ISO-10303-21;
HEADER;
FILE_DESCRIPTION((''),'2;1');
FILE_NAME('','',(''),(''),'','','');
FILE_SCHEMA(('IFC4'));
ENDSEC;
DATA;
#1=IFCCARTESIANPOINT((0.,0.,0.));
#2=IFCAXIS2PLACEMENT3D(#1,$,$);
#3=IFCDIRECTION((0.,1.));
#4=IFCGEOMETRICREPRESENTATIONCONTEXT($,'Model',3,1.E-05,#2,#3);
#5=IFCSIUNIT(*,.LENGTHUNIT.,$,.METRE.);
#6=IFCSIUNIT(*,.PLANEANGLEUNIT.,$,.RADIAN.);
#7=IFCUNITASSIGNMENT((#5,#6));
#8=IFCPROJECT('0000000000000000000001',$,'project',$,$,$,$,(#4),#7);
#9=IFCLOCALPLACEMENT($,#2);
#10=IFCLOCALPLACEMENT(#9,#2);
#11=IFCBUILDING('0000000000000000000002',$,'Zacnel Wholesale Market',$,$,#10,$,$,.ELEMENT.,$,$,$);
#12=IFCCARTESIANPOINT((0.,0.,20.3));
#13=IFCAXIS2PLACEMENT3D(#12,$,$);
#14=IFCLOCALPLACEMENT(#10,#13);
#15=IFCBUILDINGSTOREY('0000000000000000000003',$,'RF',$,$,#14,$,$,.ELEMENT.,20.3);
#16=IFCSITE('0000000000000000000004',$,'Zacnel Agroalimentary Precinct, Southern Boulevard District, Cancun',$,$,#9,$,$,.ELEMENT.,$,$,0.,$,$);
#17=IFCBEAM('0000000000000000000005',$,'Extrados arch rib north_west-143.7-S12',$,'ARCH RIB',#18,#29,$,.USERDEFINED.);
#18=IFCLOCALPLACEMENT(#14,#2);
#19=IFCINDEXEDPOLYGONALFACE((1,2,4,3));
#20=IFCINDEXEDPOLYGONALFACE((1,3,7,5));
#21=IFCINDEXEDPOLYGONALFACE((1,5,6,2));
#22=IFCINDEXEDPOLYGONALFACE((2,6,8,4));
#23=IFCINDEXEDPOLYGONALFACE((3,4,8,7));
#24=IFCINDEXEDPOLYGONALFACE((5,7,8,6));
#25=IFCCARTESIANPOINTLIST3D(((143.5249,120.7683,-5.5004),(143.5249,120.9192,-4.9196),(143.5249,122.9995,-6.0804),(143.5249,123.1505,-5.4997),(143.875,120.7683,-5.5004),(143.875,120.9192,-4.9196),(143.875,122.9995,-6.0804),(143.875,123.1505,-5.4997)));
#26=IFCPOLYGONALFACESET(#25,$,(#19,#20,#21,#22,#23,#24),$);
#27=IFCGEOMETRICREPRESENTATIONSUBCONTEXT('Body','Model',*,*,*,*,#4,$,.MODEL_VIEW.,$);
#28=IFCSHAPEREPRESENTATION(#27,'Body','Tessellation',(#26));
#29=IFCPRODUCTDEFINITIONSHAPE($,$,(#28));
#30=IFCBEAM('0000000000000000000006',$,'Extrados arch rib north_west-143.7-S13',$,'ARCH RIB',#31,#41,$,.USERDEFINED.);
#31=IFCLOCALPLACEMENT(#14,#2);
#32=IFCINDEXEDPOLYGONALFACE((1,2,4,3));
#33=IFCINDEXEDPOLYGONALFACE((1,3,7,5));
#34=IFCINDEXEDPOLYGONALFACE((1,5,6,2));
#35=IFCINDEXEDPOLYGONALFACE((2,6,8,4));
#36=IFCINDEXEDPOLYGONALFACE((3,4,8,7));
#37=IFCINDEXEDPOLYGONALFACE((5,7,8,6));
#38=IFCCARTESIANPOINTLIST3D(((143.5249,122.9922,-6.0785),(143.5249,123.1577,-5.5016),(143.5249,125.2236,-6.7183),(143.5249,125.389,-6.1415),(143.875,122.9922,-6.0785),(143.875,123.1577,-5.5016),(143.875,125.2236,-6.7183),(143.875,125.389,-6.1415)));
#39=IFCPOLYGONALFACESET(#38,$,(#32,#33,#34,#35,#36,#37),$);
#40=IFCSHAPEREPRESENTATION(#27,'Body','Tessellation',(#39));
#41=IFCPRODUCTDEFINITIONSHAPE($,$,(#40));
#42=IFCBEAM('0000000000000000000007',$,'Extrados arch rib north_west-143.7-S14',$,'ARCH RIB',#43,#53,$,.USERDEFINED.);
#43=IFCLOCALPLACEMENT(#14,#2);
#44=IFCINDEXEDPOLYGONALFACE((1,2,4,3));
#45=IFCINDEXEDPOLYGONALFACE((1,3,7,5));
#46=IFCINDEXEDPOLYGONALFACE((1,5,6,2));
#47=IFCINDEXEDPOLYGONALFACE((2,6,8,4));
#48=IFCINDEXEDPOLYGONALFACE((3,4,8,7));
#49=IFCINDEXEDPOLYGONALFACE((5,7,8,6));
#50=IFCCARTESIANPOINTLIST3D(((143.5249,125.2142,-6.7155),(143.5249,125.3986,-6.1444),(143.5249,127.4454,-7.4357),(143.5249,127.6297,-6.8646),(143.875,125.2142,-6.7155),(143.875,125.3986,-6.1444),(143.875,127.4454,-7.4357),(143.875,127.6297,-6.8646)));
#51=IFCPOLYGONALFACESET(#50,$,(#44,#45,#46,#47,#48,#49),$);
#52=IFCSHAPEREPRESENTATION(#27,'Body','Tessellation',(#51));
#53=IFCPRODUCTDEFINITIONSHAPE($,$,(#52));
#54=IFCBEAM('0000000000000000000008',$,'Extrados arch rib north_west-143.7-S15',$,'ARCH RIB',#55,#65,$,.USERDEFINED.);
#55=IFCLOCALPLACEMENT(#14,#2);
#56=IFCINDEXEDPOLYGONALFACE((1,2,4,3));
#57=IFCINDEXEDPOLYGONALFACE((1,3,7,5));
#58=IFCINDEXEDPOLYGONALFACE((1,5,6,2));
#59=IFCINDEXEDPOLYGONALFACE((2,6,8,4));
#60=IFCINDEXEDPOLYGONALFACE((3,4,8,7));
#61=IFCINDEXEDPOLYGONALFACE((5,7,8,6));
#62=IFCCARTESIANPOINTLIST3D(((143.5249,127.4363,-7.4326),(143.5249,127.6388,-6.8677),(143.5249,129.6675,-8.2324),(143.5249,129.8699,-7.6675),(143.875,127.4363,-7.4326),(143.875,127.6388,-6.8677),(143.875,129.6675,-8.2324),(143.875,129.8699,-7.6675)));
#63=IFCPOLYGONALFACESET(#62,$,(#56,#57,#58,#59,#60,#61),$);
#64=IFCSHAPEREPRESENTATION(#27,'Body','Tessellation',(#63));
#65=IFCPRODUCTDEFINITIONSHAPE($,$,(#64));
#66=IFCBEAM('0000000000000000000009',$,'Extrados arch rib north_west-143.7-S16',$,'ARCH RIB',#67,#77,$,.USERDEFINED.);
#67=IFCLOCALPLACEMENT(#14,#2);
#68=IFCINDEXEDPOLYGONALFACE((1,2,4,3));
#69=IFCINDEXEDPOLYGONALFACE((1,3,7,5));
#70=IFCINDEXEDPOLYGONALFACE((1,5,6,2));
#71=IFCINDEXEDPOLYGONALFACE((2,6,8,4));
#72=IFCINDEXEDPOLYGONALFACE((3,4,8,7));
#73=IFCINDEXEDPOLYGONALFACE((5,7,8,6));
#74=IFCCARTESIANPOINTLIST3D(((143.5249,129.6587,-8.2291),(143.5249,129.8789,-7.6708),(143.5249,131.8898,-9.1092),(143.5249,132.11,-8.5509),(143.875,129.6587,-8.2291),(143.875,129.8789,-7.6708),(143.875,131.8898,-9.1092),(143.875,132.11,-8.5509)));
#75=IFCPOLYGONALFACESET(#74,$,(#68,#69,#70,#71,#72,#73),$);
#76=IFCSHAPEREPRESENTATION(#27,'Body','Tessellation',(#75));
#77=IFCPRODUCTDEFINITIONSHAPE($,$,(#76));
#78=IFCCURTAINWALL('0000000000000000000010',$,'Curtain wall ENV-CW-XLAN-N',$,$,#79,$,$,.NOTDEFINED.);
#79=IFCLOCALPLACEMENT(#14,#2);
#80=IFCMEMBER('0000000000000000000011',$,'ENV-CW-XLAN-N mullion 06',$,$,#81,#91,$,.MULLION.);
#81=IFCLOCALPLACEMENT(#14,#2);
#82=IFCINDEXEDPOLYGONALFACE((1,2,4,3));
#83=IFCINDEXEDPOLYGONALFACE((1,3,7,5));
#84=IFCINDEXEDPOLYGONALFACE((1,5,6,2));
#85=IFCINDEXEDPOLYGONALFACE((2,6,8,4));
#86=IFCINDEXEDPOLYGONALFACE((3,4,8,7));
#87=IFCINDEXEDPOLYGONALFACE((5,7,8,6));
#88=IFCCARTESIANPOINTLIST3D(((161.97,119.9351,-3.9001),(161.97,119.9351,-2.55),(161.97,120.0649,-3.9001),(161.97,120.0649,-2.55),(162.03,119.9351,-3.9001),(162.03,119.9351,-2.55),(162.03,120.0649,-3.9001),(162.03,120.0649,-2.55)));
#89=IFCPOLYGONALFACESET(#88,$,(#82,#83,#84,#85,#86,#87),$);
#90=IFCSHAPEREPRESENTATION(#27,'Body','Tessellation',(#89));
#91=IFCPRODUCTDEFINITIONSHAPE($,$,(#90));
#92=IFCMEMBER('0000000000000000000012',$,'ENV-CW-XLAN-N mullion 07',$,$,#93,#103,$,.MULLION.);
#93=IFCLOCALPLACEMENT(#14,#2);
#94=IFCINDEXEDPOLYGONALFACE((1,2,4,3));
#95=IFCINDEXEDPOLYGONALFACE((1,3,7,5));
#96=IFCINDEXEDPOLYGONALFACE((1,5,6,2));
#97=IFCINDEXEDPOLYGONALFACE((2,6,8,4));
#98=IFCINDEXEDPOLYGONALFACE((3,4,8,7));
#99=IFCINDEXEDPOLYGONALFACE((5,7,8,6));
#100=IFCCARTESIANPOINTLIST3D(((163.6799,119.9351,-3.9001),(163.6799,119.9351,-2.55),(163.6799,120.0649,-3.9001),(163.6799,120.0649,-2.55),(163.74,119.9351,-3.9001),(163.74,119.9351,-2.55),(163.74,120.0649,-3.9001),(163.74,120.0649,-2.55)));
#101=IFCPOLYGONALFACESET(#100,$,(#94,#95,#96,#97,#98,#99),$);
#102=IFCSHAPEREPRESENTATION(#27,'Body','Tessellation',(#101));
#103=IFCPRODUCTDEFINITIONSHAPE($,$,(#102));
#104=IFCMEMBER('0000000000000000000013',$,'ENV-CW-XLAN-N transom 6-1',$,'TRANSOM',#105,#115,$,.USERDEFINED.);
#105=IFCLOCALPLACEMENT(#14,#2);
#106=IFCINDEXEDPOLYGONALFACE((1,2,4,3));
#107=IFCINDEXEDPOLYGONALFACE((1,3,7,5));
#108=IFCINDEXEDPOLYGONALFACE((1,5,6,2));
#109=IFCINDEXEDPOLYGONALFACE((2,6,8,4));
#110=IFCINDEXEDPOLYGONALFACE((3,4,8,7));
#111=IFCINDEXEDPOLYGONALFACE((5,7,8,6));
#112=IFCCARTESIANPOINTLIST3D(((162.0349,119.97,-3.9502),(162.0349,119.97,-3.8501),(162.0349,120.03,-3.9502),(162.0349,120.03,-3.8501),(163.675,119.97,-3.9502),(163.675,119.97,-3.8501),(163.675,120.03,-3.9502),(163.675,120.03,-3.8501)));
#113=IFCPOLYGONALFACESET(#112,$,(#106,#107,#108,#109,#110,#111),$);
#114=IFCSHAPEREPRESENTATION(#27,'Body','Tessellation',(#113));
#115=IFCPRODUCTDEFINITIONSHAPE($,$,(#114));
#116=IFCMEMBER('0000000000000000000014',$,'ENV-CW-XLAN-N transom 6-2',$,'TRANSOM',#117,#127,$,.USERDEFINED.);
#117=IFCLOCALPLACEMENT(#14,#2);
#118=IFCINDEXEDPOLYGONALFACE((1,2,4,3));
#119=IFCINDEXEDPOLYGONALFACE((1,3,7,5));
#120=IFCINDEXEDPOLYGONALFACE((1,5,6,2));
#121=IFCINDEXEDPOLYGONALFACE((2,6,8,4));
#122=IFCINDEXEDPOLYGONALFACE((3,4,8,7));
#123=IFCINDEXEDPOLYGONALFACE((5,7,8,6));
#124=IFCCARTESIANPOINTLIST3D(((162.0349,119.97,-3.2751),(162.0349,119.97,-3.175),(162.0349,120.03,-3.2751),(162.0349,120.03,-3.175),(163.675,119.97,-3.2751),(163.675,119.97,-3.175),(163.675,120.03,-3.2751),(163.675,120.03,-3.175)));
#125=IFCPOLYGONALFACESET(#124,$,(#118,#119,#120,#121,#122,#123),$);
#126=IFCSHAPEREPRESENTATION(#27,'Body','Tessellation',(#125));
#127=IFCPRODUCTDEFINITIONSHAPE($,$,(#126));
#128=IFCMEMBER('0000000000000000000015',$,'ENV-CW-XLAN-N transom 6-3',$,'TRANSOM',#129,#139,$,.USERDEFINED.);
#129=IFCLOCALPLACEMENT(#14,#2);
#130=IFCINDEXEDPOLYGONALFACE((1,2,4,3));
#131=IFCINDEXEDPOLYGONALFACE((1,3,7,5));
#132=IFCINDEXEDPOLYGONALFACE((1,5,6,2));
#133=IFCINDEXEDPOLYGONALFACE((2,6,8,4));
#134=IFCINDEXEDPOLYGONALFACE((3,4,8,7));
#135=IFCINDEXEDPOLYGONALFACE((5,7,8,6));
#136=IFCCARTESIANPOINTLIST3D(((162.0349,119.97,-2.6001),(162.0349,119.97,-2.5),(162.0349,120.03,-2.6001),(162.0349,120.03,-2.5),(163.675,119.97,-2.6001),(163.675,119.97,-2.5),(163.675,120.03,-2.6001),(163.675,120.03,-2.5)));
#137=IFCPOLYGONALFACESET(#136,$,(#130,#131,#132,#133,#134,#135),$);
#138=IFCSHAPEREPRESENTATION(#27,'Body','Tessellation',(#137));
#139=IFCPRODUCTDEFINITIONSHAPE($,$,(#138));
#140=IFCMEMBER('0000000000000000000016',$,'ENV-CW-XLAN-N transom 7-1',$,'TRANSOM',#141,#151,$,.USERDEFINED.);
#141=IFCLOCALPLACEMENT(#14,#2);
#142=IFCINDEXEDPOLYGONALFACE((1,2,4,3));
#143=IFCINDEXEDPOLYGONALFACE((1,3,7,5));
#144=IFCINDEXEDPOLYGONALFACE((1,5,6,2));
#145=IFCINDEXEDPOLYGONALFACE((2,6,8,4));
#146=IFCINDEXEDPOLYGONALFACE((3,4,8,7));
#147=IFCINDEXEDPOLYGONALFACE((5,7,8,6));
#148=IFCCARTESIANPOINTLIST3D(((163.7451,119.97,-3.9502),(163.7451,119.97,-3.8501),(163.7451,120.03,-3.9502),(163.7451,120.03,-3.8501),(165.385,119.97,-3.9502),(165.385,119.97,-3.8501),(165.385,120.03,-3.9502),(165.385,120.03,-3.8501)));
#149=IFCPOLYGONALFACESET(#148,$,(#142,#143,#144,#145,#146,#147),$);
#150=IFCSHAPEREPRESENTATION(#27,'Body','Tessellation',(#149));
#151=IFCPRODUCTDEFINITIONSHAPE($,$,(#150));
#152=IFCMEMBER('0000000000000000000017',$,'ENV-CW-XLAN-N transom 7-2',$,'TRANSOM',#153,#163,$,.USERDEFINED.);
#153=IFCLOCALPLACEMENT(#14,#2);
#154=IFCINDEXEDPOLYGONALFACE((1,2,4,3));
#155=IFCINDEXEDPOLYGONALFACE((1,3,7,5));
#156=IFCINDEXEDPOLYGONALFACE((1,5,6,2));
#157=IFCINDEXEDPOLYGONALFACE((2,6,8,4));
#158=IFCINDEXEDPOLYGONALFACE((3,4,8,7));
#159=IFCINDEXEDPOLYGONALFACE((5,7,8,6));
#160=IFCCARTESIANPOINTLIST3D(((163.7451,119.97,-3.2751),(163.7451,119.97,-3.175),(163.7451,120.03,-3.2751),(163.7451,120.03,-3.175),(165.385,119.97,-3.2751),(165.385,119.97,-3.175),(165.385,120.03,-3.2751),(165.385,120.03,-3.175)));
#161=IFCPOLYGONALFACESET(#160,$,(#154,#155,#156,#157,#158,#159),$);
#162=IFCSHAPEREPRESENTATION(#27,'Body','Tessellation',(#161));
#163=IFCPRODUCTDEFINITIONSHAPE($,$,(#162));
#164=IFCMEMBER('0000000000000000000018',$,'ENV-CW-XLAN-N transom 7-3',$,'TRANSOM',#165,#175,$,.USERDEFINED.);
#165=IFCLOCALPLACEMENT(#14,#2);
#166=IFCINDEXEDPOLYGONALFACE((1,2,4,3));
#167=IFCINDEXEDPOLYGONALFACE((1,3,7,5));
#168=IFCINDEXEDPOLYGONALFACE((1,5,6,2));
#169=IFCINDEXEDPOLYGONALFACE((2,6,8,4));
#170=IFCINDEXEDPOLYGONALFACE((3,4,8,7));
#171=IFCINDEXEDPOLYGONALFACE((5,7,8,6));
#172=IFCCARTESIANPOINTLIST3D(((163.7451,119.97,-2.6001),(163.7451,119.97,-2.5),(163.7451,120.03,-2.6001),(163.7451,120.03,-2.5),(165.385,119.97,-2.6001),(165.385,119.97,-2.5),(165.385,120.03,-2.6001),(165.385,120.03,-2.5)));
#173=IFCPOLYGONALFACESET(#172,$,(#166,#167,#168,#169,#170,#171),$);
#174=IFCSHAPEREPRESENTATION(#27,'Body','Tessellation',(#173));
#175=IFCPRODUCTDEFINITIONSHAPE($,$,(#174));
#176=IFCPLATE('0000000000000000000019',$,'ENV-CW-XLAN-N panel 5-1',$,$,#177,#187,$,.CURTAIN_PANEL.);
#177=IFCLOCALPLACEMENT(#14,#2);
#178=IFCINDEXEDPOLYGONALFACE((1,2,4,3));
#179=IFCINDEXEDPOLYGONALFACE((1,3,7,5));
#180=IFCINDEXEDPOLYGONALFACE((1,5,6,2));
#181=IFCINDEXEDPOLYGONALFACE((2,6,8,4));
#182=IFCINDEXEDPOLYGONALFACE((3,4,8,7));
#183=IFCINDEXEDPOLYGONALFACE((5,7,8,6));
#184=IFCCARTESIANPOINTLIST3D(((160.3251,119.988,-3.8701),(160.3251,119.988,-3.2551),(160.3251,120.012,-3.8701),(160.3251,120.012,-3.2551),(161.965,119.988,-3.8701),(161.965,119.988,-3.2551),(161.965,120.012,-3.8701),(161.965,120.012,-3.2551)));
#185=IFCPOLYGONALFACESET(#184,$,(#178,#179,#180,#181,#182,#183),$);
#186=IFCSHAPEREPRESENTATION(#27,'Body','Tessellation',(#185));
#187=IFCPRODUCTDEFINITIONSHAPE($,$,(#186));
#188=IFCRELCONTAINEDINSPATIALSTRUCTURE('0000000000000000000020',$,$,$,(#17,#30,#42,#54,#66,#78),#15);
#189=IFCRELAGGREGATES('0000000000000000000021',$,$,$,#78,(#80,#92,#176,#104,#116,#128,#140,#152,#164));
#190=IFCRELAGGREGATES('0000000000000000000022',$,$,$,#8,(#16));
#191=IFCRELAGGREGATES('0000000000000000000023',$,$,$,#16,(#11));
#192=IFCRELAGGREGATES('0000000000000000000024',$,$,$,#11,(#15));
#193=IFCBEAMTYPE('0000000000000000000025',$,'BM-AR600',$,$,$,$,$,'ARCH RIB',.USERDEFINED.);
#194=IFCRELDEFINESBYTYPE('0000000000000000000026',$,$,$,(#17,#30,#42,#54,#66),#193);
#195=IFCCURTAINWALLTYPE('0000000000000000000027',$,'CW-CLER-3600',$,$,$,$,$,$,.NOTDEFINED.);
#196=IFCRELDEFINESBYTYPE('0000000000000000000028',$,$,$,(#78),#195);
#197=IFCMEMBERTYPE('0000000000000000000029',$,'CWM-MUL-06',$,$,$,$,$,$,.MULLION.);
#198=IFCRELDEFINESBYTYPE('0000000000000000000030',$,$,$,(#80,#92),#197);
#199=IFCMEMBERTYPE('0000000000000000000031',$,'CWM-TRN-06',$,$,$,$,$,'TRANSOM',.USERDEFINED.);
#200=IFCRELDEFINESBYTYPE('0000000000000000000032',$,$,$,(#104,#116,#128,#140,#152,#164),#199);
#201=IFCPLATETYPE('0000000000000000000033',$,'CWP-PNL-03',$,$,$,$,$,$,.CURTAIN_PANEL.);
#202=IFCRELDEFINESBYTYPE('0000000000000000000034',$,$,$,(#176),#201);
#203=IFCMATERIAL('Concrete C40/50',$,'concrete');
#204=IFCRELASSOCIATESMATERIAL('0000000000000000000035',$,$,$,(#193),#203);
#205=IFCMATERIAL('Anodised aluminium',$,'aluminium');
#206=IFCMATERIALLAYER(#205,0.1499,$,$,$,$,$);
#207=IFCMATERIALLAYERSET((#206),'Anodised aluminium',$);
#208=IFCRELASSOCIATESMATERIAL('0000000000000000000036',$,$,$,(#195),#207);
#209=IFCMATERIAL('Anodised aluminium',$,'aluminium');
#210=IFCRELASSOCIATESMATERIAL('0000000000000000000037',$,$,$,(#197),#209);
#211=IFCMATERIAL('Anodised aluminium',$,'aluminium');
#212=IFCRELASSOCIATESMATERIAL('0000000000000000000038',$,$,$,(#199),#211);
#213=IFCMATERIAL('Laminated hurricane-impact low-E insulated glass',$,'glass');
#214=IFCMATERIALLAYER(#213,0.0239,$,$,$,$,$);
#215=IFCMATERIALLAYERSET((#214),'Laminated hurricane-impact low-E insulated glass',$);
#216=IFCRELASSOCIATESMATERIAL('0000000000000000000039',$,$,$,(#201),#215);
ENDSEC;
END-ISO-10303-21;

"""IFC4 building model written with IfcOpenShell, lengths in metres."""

from ifc_helpers import new_model, si_unit, direction, frame, origin, origin_2d, place, context, subcontext, project, spatial, rectangle, extrude, material, layer, layer_set, material_profile, profile_set, type_object, element, aggregate, save


model = new_model("IFC4")

# Units and contexts
model_context = context("Model", 3, precision=1e-05, world=origin(), true_north=direction((0.0, 1.0)))
body_context = subcontext(model_context, "Body", "Model", "MODEL_VIEW")
ifc_project = project(units=[si_unit("LENGTHUNIT", "METRE"), si_unit("PLANEANGLEUNIT", "RADIAN")], contexts=[model_context])

# Site, building, storey
site_placement = place(None, origin())
site = spatial("IfcSite", under=ifc_project, at=site_placement, Name="Zacnel Agroalimentary Precinct, Southern Boulevard District, Cancun", CompositionType="ELEMENT", RefElevation=0.0)
building_placement = place(site_placement, origin())
building = spatial("IfcBuilding", under=site, at=building_placement, Name="Zacnel Wholesale Market", CompositionType="ELEMENT")
storey_placement = place(building_placement, frame((0.0, 0.0, 20.3)))
storey = spatial("IfcBuildingStorey", under=building, at=storey_placement, Name="RF", CompositionType="ELEMENT", Elevation=20.3)

# Beams
ifc_material_1 = material(Name="Concrete C40/50", Category="concrete")
ifc_material_profile_1 = material_profile(ifc_material_1, rectangle(XDim=0.3501, YDim=0.6001, at=origin_2d()), Name="ARCH RIB 350x600")
ifc_profile_set_1 = profile_set([ifc_material_profile_1], Name="Concrete C40/50")
beam_type = type_object("IfcBeamType", Name="BM-AR600", ElementType="ARCH RIB", PredefinedType="USERDEFINED", material=ifc_profile_set_1)
beam_1_placement = place(storey_placement, frame((143.7, 120.8438, -5.21), z_axis=(0.0, 0.967826, -0.25162), x_axis=(-1.0, 0.0, 0.0)))
element("IfcBeam", 1, at=beam_1_placement, inside=storey, type_object=beam_type, Name="Extrados arch rib north_west-143.7-S12", ObjectType="ARCH RIB", PredefinedType="USERDEFINED", context=body_context, shape_type="SweptSolid", body=[
    extrude(rectangle(XDim=0.3501, YDim=0.6001, at=origin_2d()), origin(), (0.0, 0.0, 1.0), 2.3054),
])
beam_2_placement = place(storey_placement, frame((143.7, 123.075, -5.79), z_axis=(0.0, 0.961258, -0.275652), x_axis=(-1.0, 0.0, 0.0)))
element("IfcBeam", 2, at=beam_2_placement, inside=storey, type_object=beam_type, Name="Extrados arch rib north_west-143.7-S13", ObjectType="ARCH RIB", PredefinedType="USERDEFINED", context=body_context, shape_type="SweptSolid", body=[
    extrude(rectangle(XDim=0.3501, YDim=0.6001, at=origin_2d()), origin(), (0.0, 0.0, 1.0), 2.3213),
])
beam_3_placement = place(storey_placement, frame((143.7, 125.3064, -6.4299), z_axis=(0.0, 0.95165, -0.307185), x_axis=(-1.0, 0.0, 0.0)))
element("IfcBeam", 3, at=beam_3_placement, inside=storey, type_object=beam_type, Name="Extrados arch rib north_west-143.7-S14", ObjectType="ARCH RIB", PredefinedType="USERDEFINED", context=body_context, shape_type="SweptSolid", body=[
    extrude(rectangle(XDim=0.3501, YDim=0.6001, at=origin_2d()), origin(), (0.0, 0.0, 1.0), 2.3445),
])
beam_4_placement = place(storey_placement, frame((143.7, 127.5376, -7.1501), z_axis=(0.0, 0.941347, -0.337439), x_axis=(-1.0, 0.0, 0.0)))
element("IfcBeam", 4, at=beam_4_placement, inside=storey, type_object=beam_type, Name="Extrados arch rib north_west-143.7-S15", ObjectType="ARCH RIB", PredefinedType="USERDEFINED", context=body_context, shape_type="SweptSolid", body=[
    extrude(rectangle(XDim=0.3501, YDim=0.6001, at=origin_2d()), origin(), (0.0, 0.0, 1.0), 2.3701),
])
beam_5_placement = place(storey_placement, frame((143.7, 129.7688, -7.95), z_axis=(0.0, 0.930242, -0.366946), x_axis=(-1.0, 0.0, 0.0)))
element("IfcBeam", 5, at=beam_5_placement, inside=storey, type_object=beam_type, Name="Extrados arch rib north_west-143.7-S16", ObjectType="ARCH RIB", PredefinedType="USERDEFINED", context=body_context, shape_type="SweptSolid", body=[
    extrude(rectangle(XDim=0.3501, YDim=0.6001, at=origin_2d()), origin(), (0.0, 0.0, 1.0), 2.3984),
])

# Curtain wall, members, plate
ifc_material_2 = material(Name="Anodised aluminium", Category="aluminium")
ifc_layer_1 = layer(ifc_material_2, 0.1499)
ifc_layer_set_1 = layer_set([ifc_layer_1], Name="Anodised aluminium")
curtain_wall_type = type_object("IfcCurtainWallType", Name="CW-CLER-3600", PredefinedType="NOTDEFINED", material=ifc_layer_set_1)
curtain_wall_placement = place(storey_placement, origin())
curtain_wall = element("IfcCurtainWall", 6, at=curtain_wall_placement, inside=storey, type_object=curtain_wall_type, Name="Curtain wall ENV-CW-XLAN-N", PredefinedType="NOTDEFINED")
ifc_material_3 = material(Name="Anodised aluminium", Category="aluminium")
ifc_material_profile_2 = material_profile(ifc_material_3, rectangle(XDim=0.0601, YDim=0.1299, at=origin_2d()), Name="AW-MULLION 60x130")
ifc_profile_set_2 = profile_set([ifc_material_profile_2], Name="Anodised aluminium")
member_type_1 = type_object("IfcMemberType", Name="CWM-MUL-06", PredefinedType="MULLION", material=ifc_profile_set_2)
member_1_placement = place(storey_placement, frame((162.0, 120.0, -3.9001), z_axis=(0.0, 0.0, 1.0), x_axis=(1.0, 0.0, 0.0)))
member_1 = element("IfcMember", 7, at=member_1_placement, type_object=member_type_1, Name="ENV-CW-XLAN-N mullion 06", PredefinedType="MULLION", context=body_context, shape_type="SweptSolid", body=[
    extrude(rectangle(XDim=0.0601, YDim=0.1299, at=origin_2d()), origin(), (0.0, 0.0, 1.0), 1.3501),
])
member_2_placement = place(storey_placement, frame((163.71, 120.0, -3.9001), z_axis=(0.0, 0.0, 1.0), x_axis=(1.0, 0.0, 0.0)))
member_2 = element("IfcMember", 8, at=member_2_placement, type_object=member_type_1, Name="ENV-CW-XLAN-N mullion 07", PredefinedType="MULLION", context=body_context, shape_type="SweptSolid", body=[
    extrude(rectangle(XDim=0.0601, YDim=0.1299, at=origin_2d()), origin(), (0.0, 0.0, 1.0), 1.3501),
])
ifc_material_4 = material(Name="Anodised aluminium", Category="aluminium")
ifc_material_profile_3 = material_profile(ifc_material_4, rectangle(XDim=0.0601, YDim=0.1001, at=origin_2d()), Name="AW-TRANSOM 60x100")
ifc_profile_set_3 = profile_set([ifc_material_profile_3], Name="Anodised aluminium")
member_type_2 = type_object("IfcMemberType", Name="CWM-TRN-06", ElementType="TRANSOM", PredefinedType="USERDEFINED", material=ifc_profile_set_3)
member_3_placement = place(storey_placement, frame((162.0349, 120.0, -3.9001), z_axis=(1.0, 0.0, 0.0), x_axis=(0.0, 1.0, 0.0)))
member_3 = element("IfcMember", 9, at=member_3_placement, type_object=member_type_2, Name="ENV-CW-XLAN-N transom 6-1", ObjectType="TRANSOM", PredefinedType="USERDEFINED", context=body_context, shape_type="SweptSolid", body=[
    extrude(rectangle(XDim=0.0601, YDim=0.1001, at=origin_2d()), origin(), (0.0, 0.0, 1.0), 1.6401),
])
member_4_placement = place(storey_placement, frame((162.0349, 120.0, -3.2251), z_axis=(1.0, 0.0, 0.0), x_axis=(0.0, 1.0, 0.0)))
member_4 = element("IfcMember", 10, at=member_4_placement, type_object=member_type_2, Name="ENV-CW-XLAN-N transom 6-2", ObjectType="TRANSOM", PredefinedType="USERDEFINED", context=body_context, shape_type="SweptSolid", body=[
    extrude(rectangle(XDim=0.0601, YDim=0.1001, at=origin_2d()), origin(), (0.0, 0.0, 1.0), 1.6401),
])
member_5_placement = place(storey_placement, frame((162.0349, 120.0, -2.55), z_axis=(1.0, 0.0, 0.0), x_axis=(0.0, 1.0, 0.0)))
member_5 = element("IfcMember", 11, at=member_5_placement, type_object=member_type_2, Name="ENV-CW-XLAN-N transom 6-3", ObjectType="TRANSOM", PredefinedType="USERDEFINED", context=body_context, shape_type="SweptSolid", body=[
    extrude(rectangle(XDim=0.0601, YDim=0.1001, at=origin_2d()), origin(), (0.0, 0.0, 1.0), 1.6401),
])
member_6_placement = place(storey_placement, frame((163.7451, 120.0, -3.9001), z_axis=(1.0, 0.0, 0.0), x_axis=(0.0, 1.0, 0.0)))
member_6 = element("IfcMember", 12, at=member_6_placement, type_object=member_type_2, Name="ENV-CW-XLAN-N transom 7-1", ObjectType="TRANSOM", PredefinedType="USERDEFINED", context=body_context, shape_type="SweptSolid", body=[
    extrude(rectangle(XDim=0.0601, YDim=0.1001, at=origin_2d()), origin(), (0.0, 0.0, 1.0), 1.6399),
])
member_7_placement = place(storey_placement, frame((163.7451, 120.0, -3.2251), z_axis=(1.0, 0.0, 0.0), x_axis=(0.0, 1.0, 0.0)))
member_7 = element("IfcMember", 13, at=member_7_placement, type_object=member_type_2, Name="ENV-CW-XLAN-N transom 7-2", ObjectType="TRANSOM", PredefinedType="USERDEFINED", context=body_context, shape_type="SweptSolid", body=[
    extrude(rectangle(XDim=0.0601, YDim=0.1001, at=origin_2d()), origin(), (0.0, 0.0, 1.0), 1.6399),
])
member_8_placement = place(storey_placement, frame((163.7451, 120.0, -2.55), z_axis=(1.0, 0.0, 0.0), x_axis=(0.0, 1.0, 0.0)))
member_8 = element("IfcMember", 14, at=member_8_placement, type_object=member_type_2, Name="ENV-CW-XLAN-N transom 7-3", ObjectType="TRANSOM", PredefinedType="USERDEFINED", context=body_context, shape_type="SweptSolid", body=[
    extrude(rectangle(XDim=0.0601, YDim=0.1001, at=origin_2d()), origin(), (0.0, 0.0, 1.0), 1.6399),
])
ifc_material_5 = material(Name="Laminated hurricane-impact low-E insulated glass", Category="glass")
ifc_layer_2 = layer(ifc_material_5, 0.0239)
ifc_layer_set_2 = layer_set([ifc_layer_2], Name="Laminated hurricane-impact low-E insulated glass")
plate_type = type_object("IfcPlateType", Name="CWP-PNL-03", PredefinedType="CURTAIN_PANEL", material=ifc_layer_set_2)
plate_1_placement = place(storey_placement, frame((161.145, 120.0, -3.8701), z_axis=(0.0, 0.0, 1.0), x_axis=(1.0, 0.0, 0.0)))
plate_1 = element("IfcPlate", 15, at=plate_1_placement, type_object=plate_type, Name="ENV-CW-XLAN-N panel 5-1", PredefinedType="CURTAIN_PANEL", context=body_context, shape_type="SweptSolid", body=[
    extrude(rectangle(XDim=1.6399, YDim=0.0239, at=origin_2d()), origin(), (0.0, 0.0, 1.0), 0.615),
])
aggregate(curtain_wall, [member_1, member_2, plate_1, member_3, member_4, member_5, member_6, member_7, member_8])

save(model, "model.ifc")
